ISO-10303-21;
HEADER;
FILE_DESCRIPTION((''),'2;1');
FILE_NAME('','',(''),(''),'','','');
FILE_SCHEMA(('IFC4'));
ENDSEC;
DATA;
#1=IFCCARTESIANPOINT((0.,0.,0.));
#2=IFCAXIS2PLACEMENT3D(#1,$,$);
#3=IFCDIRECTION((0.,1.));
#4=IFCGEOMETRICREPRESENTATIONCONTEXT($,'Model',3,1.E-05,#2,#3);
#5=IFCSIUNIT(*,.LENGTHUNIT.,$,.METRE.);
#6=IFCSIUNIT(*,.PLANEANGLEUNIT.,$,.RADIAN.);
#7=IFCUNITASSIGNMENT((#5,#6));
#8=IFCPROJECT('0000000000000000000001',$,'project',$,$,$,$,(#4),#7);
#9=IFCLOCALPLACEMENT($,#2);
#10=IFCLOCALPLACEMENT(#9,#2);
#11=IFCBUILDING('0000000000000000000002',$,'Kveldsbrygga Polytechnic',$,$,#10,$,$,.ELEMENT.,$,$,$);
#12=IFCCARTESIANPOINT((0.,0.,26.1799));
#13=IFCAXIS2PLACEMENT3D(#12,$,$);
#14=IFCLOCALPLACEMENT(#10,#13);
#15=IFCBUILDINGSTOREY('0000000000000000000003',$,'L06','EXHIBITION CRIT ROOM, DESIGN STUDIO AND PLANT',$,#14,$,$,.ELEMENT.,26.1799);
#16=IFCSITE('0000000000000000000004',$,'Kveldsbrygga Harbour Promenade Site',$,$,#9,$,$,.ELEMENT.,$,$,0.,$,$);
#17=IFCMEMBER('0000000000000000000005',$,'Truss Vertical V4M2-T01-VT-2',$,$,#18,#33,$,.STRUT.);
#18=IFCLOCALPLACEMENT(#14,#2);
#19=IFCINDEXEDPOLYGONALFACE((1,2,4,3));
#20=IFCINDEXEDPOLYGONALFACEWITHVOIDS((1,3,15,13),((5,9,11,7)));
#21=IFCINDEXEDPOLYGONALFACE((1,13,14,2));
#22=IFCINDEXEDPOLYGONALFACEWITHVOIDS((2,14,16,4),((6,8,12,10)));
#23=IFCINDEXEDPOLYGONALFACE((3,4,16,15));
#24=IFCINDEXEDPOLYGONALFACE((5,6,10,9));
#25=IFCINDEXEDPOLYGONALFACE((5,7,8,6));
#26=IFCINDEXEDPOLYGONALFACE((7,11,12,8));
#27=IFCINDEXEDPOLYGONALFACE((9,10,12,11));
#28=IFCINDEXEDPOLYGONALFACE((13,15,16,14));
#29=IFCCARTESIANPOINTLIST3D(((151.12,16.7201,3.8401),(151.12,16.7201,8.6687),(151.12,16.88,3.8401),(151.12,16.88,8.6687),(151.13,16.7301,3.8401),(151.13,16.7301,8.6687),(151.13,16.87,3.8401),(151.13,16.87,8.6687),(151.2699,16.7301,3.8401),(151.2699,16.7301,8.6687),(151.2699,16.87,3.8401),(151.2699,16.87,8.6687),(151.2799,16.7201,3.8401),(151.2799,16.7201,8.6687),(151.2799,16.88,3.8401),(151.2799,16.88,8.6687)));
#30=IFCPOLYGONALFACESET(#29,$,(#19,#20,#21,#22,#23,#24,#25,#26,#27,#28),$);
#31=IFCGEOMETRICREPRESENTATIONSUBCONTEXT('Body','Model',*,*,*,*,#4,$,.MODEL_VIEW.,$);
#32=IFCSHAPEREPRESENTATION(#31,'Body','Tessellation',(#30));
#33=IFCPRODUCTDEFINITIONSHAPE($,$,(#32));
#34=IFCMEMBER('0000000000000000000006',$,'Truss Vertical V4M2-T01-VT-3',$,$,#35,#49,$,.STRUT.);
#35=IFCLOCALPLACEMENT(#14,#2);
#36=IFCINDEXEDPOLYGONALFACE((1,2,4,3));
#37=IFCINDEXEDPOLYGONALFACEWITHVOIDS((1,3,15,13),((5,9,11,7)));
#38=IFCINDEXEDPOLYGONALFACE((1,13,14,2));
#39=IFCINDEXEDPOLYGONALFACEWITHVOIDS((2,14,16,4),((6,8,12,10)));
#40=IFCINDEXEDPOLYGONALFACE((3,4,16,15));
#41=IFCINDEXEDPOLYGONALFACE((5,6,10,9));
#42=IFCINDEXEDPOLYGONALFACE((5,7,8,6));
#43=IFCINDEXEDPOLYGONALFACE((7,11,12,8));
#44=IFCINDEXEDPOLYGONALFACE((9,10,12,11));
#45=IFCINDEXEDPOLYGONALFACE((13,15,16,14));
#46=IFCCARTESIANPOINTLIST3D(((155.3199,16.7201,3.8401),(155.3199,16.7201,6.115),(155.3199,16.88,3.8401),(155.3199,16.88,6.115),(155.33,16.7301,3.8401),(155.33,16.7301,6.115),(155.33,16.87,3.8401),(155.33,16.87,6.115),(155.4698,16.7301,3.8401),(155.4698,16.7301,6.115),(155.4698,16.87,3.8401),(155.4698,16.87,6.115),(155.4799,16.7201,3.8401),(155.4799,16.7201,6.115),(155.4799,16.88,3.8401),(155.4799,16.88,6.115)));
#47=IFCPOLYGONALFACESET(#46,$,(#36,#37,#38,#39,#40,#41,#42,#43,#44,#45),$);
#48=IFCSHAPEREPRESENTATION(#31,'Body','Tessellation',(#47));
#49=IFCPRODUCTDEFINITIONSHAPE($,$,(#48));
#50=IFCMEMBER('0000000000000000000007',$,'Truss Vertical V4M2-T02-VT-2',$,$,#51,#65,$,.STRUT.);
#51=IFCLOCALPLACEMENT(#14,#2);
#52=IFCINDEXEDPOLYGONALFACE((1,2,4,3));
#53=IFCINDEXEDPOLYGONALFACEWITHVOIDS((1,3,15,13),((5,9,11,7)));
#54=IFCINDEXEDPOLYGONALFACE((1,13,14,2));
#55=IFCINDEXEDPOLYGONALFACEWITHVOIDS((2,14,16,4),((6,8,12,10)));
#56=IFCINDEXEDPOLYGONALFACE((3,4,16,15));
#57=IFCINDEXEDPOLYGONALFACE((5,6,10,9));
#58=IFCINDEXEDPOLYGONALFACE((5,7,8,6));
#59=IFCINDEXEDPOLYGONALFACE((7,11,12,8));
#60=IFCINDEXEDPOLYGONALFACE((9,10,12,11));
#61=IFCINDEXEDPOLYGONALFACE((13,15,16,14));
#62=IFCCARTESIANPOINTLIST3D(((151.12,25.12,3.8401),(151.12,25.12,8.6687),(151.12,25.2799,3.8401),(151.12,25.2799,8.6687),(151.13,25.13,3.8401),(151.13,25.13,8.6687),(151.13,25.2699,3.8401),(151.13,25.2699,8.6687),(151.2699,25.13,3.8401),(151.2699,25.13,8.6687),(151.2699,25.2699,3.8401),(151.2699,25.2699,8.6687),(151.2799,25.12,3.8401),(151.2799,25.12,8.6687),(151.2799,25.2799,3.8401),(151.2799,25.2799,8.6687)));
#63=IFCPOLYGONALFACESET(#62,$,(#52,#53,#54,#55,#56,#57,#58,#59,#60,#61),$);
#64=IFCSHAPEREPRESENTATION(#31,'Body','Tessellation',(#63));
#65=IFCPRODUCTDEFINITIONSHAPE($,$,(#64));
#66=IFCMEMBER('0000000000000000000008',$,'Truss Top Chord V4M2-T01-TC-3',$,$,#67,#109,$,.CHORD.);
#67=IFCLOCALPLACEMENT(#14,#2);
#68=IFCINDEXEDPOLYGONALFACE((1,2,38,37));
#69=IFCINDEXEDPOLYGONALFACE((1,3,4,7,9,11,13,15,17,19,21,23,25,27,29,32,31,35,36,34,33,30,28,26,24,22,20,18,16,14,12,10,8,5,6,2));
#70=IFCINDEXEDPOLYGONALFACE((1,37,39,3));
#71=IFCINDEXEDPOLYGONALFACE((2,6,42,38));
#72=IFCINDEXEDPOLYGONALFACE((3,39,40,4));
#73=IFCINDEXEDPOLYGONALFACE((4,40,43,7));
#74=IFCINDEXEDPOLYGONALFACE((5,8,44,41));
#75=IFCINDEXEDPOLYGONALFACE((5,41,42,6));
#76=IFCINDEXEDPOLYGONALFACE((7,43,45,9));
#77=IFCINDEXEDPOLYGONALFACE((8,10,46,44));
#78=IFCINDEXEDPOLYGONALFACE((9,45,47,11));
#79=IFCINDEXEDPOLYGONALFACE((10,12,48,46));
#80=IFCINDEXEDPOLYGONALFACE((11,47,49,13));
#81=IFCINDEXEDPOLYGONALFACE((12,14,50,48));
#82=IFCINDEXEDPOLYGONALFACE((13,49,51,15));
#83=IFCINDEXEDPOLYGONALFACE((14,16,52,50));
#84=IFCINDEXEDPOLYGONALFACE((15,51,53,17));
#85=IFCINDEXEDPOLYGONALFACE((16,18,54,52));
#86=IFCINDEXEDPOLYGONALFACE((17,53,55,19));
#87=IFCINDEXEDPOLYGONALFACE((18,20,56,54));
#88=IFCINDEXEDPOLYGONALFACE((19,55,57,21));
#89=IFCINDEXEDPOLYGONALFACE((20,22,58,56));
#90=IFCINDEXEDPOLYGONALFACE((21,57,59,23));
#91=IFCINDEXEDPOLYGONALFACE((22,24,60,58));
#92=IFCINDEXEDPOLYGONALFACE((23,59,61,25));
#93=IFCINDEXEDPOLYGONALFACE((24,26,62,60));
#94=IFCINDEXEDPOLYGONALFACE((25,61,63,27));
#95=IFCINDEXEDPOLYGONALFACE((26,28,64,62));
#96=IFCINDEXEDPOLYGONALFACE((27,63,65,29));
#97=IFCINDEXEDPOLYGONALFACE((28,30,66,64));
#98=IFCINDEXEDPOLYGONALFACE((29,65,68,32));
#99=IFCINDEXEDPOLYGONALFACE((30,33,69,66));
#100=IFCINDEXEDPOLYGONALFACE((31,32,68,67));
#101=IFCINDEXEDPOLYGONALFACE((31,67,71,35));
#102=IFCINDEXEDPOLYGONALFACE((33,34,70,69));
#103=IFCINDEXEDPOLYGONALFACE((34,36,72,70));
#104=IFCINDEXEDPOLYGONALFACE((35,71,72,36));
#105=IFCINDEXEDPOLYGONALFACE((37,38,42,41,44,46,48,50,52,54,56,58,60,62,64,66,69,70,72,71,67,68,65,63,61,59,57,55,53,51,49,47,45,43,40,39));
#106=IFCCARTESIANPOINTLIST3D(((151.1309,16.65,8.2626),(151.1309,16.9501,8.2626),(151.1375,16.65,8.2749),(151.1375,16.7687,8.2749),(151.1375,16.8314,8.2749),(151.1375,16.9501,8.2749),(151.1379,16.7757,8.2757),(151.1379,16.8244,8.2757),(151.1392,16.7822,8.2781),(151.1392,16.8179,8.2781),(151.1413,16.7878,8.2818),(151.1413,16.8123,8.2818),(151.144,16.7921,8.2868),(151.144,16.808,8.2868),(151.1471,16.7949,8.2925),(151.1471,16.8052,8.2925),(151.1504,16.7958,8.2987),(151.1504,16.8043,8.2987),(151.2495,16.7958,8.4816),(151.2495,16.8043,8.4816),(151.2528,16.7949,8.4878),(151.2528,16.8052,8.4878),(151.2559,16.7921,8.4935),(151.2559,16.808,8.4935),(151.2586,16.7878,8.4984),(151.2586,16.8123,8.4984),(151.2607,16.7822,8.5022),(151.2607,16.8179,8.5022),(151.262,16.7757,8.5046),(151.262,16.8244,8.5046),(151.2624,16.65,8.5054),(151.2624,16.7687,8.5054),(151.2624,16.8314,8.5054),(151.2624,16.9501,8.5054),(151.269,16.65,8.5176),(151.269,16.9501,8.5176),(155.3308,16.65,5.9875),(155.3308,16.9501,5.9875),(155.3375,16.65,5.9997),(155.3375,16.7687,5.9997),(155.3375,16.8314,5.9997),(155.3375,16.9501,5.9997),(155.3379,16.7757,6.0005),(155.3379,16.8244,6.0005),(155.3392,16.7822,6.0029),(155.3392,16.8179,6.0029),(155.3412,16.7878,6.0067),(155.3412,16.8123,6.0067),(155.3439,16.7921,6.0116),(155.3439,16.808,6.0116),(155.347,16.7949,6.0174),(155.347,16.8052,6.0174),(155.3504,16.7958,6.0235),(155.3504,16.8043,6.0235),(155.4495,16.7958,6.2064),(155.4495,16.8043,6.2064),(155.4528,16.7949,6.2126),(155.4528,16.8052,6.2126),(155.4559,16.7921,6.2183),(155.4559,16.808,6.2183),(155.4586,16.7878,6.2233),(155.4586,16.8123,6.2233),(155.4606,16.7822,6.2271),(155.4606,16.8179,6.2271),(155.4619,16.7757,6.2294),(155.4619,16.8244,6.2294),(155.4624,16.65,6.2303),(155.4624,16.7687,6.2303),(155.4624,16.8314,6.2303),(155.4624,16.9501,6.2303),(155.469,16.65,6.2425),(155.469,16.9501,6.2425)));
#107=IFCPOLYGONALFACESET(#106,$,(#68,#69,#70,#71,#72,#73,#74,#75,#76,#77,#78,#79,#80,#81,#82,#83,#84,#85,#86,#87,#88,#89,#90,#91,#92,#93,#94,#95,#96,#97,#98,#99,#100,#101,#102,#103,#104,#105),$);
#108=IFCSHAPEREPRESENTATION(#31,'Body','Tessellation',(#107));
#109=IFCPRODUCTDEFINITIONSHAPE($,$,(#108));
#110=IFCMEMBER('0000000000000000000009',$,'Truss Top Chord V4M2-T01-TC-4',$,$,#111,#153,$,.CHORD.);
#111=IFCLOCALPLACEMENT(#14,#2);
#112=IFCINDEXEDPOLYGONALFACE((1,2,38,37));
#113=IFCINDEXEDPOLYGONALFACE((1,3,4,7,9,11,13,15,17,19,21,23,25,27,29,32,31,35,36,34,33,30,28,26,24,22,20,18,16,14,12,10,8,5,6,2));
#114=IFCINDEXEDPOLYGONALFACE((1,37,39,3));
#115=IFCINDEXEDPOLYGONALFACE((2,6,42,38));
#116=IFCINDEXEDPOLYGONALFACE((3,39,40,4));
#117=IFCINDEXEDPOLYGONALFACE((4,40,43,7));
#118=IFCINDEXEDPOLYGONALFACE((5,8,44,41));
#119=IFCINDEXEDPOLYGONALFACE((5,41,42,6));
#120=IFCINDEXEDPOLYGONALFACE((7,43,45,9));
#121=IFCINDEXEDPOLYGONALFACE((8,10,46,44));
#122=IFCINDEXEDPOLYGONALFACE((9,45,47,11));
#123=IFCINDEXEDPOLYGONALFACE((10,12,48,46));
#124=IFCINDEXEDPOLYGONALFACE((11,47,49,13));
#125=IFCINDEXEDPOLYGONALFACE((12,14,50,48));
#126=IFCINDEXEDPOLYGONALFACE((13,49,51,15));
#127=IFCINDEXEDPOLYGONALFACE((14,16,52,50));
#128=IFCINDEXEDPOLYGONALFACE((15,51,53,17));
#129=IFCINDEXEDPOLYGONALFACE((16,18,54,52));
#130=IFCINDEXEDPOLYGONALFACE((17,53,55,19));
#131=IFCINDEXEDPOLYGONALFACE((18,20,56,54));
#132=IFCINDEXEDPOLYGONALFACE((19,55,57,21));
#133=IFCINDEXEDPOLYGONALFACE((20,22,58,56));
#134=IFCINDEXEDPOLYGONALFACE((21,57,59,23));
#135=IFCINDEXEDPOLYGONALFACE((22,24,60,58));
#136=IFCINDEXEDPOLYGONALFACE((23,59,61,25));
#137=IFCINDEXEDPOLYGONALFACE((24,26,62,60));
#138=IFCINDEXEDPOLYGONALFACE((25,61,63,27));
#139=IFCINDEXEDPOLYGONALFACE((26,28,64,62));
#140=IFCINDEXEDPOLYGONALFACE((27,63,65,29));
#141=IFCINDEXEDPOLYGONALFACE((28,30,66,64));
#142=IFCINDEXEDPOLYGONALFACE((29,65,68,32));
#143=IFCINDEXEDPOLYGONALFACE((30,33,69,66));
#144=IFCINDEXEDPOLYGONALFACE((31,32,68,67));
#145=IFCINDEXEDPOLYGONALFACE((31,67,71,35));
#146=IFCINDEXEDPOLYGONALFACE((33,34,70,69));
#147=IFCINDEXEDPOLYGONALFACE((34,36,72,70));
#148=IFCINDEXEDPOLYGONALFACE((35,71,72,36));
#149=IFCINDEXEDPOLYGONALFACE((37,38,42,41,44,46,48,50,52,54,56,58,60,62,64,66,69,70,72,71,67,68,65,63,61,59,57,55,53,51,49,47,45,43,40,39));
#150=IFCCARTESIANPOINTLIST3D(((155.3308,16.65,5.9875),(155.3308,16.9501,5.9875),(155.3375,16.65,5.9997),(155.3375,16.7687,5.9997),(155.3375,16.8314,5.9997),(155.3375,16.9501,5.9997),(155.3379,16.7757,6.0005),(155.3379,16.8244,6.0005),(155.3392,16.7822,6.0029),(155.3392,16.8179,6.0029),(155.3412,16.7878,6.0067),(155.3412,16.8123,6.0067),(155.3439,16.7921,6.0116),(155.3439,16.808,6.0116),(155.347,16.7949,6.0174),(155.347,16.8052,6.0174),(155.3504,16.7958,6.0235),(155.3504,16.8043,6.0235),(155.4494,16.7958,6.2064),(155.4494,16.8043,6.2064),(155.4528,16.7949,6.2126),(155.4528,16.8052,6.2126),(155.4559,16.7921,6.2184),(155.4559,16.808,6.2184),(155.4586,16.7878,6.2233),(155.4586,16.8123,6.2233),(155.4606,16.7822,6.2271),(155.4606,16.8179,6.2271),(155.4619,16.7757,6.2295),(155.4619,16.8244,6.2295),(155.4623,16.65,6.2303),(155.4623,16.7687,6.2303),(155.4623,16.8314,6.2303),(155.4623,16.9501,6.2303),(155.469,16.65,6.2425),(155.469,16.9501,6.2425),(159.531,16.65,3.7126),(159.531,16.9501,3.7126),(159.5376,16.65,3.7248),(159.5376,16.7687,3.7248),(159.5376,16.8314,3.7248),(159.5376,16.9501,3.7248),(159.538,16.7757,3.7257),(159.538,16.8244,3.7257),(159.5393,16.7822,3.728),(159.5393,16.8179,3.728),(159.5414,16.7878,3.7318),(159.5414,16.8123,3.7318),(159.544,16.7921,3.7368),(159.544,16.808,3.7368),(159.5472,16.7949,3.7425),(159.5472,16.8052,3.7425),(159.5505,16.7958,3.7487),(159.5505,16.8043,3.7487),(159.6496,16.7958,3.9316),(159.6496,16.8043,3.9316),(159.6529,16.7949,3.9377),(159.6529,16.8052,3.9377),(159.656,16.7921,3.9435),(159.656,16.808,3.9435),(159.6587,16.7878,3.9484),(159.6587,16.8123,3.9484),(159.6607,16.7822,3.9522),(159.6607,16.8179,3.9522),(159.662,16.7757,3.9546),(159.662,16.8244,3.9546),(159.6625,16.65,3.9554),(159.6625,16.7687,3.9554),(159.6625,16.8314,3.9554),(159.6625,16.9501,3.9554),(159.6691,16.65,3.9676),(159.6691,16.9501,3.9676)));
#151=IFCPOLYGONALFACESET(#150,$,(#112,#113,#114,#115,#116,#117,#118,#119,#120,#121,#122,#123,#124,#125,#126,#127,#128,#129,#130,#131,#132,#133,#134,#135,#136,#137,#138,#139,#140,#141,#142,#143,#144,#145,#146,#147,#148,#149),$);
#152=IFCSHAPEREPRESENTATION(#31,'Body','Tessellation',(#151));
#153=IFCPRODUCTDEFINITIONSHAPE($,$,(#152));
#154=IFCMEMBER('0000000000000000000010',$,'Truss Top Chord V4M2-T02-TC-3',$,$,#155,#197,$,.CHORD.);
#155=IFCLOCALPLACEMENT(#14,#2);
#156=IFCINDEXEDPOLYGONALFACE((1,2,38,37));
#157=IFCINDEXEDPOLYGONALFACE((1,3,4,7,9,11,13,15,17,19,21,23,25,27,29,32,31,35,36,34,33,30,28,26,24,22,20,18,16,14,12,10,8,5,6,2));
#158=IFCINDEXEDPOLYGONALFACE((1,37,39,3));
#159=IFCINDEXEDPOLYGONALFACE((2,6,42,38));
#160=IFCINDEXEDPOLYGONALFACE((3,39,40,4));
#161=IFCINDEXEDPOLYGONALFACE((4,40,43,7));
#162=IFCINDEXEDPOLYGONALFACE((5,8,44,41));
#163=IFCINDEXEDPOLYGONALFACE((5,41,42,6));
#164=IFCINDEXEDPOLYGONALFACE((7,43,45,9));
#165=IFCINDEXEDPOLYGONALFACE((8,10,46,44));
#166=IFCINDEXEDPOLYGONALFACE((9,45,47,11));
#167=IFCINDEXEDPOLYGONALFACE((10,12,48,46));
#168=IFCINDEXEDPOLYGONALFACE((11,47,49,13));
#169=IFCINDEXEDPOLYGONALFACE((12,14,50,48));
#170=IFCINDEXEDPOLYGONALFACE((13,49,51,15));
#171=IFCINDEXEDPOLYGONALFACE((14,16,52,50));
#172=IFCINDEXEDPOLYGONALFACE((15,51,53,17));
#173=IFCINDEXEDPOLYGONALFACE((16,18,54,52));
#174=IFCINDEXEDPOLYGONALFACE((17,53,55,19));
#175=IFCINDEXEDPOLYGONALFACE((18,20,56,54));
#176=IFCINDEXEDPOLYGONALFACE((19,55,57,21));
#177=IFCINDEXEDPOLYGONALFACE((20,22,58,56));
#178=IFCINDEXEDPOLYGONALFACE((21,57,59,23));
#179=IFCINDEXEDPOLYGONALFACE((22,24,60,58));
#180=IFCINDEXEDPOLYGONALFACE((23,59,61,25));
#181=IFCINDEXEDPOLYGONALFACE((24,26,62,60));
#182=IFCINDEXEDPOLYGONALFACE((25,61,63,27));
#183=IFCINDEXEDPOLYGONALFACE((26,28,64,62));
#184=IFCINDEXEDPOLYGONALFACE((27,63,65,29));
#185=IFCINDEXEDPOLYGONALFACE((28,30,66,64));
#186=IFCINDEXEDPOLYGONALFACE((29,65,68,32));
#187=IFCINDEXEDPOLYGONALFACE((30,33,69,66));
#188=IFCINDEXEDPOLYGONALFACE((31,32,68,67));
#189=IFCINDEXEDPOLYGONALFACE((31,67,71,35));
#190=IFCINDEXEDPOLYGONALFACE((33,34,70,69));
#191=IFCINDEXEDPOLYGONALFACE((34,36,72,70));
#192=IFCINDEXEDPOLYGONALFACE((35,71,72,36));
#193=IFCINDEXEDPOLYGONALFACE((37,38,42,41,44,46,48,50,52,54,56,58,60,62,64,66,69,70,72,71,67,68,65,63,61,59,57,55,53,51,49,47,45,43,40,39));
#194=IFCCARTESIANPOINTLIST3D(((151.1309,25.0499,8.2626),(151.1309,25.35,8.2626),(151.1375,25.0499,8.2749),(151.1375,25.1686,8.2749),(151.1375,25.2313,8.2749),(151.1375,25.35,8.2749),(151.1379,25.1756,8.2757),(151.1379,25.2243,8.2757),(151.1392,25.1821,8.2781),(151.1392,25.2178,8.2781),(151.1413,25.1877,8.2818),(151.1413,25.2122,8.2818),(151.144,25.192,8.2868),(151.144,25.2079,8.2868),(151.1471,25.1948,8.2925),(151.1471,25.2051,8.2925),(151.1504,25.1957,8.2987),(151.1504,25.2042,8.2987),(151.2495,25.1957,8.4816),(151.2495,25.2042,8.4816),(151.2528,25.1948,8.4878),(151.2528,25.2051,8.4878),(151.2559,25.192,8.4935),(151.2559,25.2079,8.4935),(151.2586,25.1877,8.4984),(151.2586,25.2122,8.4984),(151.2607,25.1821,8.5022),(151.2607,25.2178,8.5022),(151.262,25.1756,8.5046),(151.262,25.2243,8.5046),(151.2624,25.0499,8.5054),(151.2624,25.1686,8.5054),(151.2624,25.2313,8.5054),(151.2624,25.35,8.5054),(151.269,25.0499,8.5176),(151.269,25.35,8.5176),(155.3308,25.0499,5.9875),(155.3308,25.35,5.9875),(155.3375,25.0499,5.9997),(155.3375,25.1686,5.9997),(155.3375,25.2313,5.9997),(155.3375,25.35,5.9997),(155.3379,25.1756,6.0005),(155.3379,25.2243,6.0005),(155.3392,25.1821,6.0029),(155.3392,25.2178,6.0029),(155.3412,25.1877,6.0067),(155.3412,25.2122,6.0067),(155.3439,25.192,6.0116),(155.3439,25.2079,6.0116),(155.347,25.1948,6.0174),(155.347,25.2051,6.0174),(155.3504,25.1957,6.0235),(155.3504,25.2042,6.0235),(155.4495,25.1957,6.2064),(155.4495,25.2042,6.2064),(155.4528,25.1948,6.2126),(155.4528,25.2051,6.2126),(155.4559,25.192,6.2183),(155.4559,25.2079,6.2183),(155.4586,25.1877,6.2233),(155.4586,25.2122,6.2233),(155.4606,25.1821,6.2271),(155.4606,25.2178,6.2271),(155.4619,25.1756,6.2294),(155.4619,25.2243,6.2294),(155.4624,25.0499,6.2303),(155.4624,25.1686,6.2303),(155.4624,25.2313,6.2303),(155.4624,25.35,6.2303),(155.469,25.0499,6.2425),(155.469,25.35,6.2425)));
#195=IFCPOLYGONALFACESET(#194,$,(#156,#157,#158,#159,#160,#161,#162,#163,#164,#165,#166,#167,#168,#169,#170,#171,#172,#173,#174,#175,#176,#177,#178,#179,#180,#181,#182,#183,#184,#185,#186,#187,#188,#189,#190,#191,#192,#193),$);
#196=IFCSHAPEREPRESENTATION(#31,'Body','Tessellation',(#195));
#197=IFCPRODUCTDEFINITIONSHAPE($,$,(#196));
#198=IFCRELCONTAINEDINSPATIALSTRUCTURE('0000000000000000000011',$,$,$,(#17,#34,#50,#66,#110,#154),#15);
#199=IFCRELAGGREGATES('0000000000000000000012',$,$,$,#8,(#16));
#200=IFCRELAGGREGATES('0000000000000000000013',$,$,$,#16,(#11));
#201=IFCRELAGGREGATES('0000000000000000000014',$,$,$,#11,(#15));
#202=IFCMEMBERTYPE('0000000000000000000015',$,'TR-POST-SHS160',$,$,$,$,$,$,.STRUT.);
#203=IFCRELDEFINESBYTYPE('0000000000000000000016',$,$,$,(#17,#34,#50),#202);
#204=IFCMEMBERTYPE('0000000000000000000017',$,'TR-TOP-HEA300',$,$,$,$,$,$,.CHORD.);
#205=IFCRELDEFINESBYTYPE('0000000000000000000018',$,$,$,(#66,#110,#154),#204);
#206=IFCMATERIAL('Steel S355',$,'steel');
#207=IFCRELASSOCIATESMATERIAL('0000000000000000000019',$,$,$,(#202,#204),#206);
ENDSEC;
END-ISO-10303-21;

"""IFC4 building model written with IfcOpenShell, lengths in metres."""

from ifc_helpers import new_model, si_unit, direction, frame, origin, origin_2d, place, context, subcontext, project, spatial, hollow_rectangle, i_section, extrude, material, material_profile, profile_set, type_object, element, save


model = new_model("IFC4")

# Units and contexts
model_context = context("Model", 3, precision=1e-05, world=origin(), true_north=direction((0.0, 1.0)))
body_context = subcontext(model_context, "Body", "Model", "MODEL_VIEW")
ifc_project = project(units=[si_unit("LENGTHUNIT", "METRE"), si_unit("PLANEANGLEUNIT", "RADIAN")], contexts=[model_context])

# Site, building, storey
site_placement = place(None, origin())
site = spatial("IfcSite", under=ifc_project, at=site_placement, Name="Kveldsbrygga Harbour Promenade Site", CompositionType="ELEMENT", RefElevation=0.0)
building_placement = place(site_placement, origin())
building = spatial("IfcBuilding", under=site, at=building_placement, Name="Kveldsbrygga Polytechnic", CompositionType="ELEMENT")
storey_placement = place(building_placement, frame((0.0, 0.0, 26.1799)))
storey = spatial("IfcBuildingStorey", under=building, at=storey_placement, Name="L06", Description="EXHIBITION CRIT ROOM, DESIGN STUDIO AND PLANT", CompositionType="ELEMENT", Elevation=26.1799)

# Members
ifc_material_1 = material(Name="Steel S355", Category="steel")
ifc_material_profile_1 = material_profile(ifc_material_1, hollow_rectangle(XDim=0.1599, YDim=0.1599, WallThickness=0.01, at=origin_2d()), Name="SHS 160x160x10.0")
ifc_profile_set_1 = profile_set([ifc_material_profile_1], Name="Steel S355")
member_type_1 = type_object("IfcMemberType", Name="TR-POST-SHS160", PredefinedType="STRUT", material=ifc_profile_set_1)
member_1_placement = place(storey_placement, frame((151.2, 16.8, 3.8401), z_axis=(0.0, 0.0, 1.0), x_axis=(1.0, 0.0, 0.0)))
element("IfcMember", 1, at=member_1_placement, inside=storey, type_object=member_type_1, Name="Truss Vertical V4M2-T01-VT-2", PredefinedType="STRUT", context=body_context, shape_type="SweptSolid", body=[
    extrude(hollow_rectangle(XDim=0.1599, YDim=0.1599, WallThickness=0.01, at=origin_2d()), origin(), (0.0, 0.0, 1.0), 4.8286),
])
member_2_placement = place(storey_placement, frame((155.3999, 16.8, 3.8401), z_axis=(0.0, 0.0, 1.0), x_axis=(1.0, 0.0, 0.0)))
element("IfcMember", 2, at=member_2_placement, inside=storey, type_object=member_type_1, Name="Truss Vertical V4M2-T01-VT-3", PredefinedType="STRUT", context=body_context, shape_type="SweptSolid", body=[
    extrude(hollow_rectangle(XDim=0.1599, YDim=0.1599, WallThickness=0.01, at=origin_2d()), origin(), (0.0, 0.0, 1.0), 2.2749),
])
member_3_placement = place(storey_placement, frame((151.2, 25.2, 3.8401), z_axis=(0.0, 0.0, 1.0), x_axis=(1.0, 0.0, 0.0)))
element("IfcMember", 3, at=member_3_placement, inside=storey, type_object=member_type_1, Name="Truss Vertical V4M2-T02-VT-2", PredefinedType="STRUT", context=body_context, shape_type="SweptSolid", body=[
    extrude(hollow_rectangle(XDim=0.1599, YDim=0.1599, WallThickness=0.01, at=origin_2d()), origin(), (0.0, 0.0, 1.0), 4.8286),
])
ifc_material_profile_2 = material_profile(ifc_material_1, i_section(OverallWidth=0.3, OverallDepth=0.29, WebThickness=0.0085, FlangeThickness=0.0139, FilletRadius=0.0271, at=origin_2d()), Name="HEA 300")
ifc_profile_set_2 = profile_set([ifc_material_profile_2], Name="Steel S355")
member_type_2 = type_object("IfcMemberType", Name="TR-TOP-HEA300", PredefinedType="CHORD", material=ifc_profile_set_2)
for number, where, z_axis, x_axis, name in (
    (4, (151.2, 16.8, 8.3901), (0.879277, 0.0, -0.476311), (0.0, 1.0, 0.0), "Truss Top Chord V4M2-T01-TC-3"),
    (5, (155.3999, 16.8, 6.115), (0.87931, 0.0, -0.47625), (0.0, 1.0, 0.0), "Truss Top Chord V4M2-T01-TC-4"),
    (6, (151.2, 25.2, 8.3901), (0.879277, 0.0, -0.476311), (0.0, 1.0, 0.0), "Truss Top Chord V4M2-T02-TC-3"),
):
    element("IfcMember", number, at=place(storey_placement, frame(where, z_axis=z_axis, x_axis=x_axis)), inside=storey, type_object=member_type_2, Name=name, PredefinedType="CHORD", context=body_context, shape_type="SweptSolid", body=[
        extrude(i_section(OverallWidth=0.3, OverallDepth=0.29, WebThickness=0.0085, FlangeThickness=0.0139, FilletRadius=0.0271, at=origin_2d()), origin(), (0.0, 0.0, 1.0), 4.7766),
    ])

save(model, "model.ifc")
